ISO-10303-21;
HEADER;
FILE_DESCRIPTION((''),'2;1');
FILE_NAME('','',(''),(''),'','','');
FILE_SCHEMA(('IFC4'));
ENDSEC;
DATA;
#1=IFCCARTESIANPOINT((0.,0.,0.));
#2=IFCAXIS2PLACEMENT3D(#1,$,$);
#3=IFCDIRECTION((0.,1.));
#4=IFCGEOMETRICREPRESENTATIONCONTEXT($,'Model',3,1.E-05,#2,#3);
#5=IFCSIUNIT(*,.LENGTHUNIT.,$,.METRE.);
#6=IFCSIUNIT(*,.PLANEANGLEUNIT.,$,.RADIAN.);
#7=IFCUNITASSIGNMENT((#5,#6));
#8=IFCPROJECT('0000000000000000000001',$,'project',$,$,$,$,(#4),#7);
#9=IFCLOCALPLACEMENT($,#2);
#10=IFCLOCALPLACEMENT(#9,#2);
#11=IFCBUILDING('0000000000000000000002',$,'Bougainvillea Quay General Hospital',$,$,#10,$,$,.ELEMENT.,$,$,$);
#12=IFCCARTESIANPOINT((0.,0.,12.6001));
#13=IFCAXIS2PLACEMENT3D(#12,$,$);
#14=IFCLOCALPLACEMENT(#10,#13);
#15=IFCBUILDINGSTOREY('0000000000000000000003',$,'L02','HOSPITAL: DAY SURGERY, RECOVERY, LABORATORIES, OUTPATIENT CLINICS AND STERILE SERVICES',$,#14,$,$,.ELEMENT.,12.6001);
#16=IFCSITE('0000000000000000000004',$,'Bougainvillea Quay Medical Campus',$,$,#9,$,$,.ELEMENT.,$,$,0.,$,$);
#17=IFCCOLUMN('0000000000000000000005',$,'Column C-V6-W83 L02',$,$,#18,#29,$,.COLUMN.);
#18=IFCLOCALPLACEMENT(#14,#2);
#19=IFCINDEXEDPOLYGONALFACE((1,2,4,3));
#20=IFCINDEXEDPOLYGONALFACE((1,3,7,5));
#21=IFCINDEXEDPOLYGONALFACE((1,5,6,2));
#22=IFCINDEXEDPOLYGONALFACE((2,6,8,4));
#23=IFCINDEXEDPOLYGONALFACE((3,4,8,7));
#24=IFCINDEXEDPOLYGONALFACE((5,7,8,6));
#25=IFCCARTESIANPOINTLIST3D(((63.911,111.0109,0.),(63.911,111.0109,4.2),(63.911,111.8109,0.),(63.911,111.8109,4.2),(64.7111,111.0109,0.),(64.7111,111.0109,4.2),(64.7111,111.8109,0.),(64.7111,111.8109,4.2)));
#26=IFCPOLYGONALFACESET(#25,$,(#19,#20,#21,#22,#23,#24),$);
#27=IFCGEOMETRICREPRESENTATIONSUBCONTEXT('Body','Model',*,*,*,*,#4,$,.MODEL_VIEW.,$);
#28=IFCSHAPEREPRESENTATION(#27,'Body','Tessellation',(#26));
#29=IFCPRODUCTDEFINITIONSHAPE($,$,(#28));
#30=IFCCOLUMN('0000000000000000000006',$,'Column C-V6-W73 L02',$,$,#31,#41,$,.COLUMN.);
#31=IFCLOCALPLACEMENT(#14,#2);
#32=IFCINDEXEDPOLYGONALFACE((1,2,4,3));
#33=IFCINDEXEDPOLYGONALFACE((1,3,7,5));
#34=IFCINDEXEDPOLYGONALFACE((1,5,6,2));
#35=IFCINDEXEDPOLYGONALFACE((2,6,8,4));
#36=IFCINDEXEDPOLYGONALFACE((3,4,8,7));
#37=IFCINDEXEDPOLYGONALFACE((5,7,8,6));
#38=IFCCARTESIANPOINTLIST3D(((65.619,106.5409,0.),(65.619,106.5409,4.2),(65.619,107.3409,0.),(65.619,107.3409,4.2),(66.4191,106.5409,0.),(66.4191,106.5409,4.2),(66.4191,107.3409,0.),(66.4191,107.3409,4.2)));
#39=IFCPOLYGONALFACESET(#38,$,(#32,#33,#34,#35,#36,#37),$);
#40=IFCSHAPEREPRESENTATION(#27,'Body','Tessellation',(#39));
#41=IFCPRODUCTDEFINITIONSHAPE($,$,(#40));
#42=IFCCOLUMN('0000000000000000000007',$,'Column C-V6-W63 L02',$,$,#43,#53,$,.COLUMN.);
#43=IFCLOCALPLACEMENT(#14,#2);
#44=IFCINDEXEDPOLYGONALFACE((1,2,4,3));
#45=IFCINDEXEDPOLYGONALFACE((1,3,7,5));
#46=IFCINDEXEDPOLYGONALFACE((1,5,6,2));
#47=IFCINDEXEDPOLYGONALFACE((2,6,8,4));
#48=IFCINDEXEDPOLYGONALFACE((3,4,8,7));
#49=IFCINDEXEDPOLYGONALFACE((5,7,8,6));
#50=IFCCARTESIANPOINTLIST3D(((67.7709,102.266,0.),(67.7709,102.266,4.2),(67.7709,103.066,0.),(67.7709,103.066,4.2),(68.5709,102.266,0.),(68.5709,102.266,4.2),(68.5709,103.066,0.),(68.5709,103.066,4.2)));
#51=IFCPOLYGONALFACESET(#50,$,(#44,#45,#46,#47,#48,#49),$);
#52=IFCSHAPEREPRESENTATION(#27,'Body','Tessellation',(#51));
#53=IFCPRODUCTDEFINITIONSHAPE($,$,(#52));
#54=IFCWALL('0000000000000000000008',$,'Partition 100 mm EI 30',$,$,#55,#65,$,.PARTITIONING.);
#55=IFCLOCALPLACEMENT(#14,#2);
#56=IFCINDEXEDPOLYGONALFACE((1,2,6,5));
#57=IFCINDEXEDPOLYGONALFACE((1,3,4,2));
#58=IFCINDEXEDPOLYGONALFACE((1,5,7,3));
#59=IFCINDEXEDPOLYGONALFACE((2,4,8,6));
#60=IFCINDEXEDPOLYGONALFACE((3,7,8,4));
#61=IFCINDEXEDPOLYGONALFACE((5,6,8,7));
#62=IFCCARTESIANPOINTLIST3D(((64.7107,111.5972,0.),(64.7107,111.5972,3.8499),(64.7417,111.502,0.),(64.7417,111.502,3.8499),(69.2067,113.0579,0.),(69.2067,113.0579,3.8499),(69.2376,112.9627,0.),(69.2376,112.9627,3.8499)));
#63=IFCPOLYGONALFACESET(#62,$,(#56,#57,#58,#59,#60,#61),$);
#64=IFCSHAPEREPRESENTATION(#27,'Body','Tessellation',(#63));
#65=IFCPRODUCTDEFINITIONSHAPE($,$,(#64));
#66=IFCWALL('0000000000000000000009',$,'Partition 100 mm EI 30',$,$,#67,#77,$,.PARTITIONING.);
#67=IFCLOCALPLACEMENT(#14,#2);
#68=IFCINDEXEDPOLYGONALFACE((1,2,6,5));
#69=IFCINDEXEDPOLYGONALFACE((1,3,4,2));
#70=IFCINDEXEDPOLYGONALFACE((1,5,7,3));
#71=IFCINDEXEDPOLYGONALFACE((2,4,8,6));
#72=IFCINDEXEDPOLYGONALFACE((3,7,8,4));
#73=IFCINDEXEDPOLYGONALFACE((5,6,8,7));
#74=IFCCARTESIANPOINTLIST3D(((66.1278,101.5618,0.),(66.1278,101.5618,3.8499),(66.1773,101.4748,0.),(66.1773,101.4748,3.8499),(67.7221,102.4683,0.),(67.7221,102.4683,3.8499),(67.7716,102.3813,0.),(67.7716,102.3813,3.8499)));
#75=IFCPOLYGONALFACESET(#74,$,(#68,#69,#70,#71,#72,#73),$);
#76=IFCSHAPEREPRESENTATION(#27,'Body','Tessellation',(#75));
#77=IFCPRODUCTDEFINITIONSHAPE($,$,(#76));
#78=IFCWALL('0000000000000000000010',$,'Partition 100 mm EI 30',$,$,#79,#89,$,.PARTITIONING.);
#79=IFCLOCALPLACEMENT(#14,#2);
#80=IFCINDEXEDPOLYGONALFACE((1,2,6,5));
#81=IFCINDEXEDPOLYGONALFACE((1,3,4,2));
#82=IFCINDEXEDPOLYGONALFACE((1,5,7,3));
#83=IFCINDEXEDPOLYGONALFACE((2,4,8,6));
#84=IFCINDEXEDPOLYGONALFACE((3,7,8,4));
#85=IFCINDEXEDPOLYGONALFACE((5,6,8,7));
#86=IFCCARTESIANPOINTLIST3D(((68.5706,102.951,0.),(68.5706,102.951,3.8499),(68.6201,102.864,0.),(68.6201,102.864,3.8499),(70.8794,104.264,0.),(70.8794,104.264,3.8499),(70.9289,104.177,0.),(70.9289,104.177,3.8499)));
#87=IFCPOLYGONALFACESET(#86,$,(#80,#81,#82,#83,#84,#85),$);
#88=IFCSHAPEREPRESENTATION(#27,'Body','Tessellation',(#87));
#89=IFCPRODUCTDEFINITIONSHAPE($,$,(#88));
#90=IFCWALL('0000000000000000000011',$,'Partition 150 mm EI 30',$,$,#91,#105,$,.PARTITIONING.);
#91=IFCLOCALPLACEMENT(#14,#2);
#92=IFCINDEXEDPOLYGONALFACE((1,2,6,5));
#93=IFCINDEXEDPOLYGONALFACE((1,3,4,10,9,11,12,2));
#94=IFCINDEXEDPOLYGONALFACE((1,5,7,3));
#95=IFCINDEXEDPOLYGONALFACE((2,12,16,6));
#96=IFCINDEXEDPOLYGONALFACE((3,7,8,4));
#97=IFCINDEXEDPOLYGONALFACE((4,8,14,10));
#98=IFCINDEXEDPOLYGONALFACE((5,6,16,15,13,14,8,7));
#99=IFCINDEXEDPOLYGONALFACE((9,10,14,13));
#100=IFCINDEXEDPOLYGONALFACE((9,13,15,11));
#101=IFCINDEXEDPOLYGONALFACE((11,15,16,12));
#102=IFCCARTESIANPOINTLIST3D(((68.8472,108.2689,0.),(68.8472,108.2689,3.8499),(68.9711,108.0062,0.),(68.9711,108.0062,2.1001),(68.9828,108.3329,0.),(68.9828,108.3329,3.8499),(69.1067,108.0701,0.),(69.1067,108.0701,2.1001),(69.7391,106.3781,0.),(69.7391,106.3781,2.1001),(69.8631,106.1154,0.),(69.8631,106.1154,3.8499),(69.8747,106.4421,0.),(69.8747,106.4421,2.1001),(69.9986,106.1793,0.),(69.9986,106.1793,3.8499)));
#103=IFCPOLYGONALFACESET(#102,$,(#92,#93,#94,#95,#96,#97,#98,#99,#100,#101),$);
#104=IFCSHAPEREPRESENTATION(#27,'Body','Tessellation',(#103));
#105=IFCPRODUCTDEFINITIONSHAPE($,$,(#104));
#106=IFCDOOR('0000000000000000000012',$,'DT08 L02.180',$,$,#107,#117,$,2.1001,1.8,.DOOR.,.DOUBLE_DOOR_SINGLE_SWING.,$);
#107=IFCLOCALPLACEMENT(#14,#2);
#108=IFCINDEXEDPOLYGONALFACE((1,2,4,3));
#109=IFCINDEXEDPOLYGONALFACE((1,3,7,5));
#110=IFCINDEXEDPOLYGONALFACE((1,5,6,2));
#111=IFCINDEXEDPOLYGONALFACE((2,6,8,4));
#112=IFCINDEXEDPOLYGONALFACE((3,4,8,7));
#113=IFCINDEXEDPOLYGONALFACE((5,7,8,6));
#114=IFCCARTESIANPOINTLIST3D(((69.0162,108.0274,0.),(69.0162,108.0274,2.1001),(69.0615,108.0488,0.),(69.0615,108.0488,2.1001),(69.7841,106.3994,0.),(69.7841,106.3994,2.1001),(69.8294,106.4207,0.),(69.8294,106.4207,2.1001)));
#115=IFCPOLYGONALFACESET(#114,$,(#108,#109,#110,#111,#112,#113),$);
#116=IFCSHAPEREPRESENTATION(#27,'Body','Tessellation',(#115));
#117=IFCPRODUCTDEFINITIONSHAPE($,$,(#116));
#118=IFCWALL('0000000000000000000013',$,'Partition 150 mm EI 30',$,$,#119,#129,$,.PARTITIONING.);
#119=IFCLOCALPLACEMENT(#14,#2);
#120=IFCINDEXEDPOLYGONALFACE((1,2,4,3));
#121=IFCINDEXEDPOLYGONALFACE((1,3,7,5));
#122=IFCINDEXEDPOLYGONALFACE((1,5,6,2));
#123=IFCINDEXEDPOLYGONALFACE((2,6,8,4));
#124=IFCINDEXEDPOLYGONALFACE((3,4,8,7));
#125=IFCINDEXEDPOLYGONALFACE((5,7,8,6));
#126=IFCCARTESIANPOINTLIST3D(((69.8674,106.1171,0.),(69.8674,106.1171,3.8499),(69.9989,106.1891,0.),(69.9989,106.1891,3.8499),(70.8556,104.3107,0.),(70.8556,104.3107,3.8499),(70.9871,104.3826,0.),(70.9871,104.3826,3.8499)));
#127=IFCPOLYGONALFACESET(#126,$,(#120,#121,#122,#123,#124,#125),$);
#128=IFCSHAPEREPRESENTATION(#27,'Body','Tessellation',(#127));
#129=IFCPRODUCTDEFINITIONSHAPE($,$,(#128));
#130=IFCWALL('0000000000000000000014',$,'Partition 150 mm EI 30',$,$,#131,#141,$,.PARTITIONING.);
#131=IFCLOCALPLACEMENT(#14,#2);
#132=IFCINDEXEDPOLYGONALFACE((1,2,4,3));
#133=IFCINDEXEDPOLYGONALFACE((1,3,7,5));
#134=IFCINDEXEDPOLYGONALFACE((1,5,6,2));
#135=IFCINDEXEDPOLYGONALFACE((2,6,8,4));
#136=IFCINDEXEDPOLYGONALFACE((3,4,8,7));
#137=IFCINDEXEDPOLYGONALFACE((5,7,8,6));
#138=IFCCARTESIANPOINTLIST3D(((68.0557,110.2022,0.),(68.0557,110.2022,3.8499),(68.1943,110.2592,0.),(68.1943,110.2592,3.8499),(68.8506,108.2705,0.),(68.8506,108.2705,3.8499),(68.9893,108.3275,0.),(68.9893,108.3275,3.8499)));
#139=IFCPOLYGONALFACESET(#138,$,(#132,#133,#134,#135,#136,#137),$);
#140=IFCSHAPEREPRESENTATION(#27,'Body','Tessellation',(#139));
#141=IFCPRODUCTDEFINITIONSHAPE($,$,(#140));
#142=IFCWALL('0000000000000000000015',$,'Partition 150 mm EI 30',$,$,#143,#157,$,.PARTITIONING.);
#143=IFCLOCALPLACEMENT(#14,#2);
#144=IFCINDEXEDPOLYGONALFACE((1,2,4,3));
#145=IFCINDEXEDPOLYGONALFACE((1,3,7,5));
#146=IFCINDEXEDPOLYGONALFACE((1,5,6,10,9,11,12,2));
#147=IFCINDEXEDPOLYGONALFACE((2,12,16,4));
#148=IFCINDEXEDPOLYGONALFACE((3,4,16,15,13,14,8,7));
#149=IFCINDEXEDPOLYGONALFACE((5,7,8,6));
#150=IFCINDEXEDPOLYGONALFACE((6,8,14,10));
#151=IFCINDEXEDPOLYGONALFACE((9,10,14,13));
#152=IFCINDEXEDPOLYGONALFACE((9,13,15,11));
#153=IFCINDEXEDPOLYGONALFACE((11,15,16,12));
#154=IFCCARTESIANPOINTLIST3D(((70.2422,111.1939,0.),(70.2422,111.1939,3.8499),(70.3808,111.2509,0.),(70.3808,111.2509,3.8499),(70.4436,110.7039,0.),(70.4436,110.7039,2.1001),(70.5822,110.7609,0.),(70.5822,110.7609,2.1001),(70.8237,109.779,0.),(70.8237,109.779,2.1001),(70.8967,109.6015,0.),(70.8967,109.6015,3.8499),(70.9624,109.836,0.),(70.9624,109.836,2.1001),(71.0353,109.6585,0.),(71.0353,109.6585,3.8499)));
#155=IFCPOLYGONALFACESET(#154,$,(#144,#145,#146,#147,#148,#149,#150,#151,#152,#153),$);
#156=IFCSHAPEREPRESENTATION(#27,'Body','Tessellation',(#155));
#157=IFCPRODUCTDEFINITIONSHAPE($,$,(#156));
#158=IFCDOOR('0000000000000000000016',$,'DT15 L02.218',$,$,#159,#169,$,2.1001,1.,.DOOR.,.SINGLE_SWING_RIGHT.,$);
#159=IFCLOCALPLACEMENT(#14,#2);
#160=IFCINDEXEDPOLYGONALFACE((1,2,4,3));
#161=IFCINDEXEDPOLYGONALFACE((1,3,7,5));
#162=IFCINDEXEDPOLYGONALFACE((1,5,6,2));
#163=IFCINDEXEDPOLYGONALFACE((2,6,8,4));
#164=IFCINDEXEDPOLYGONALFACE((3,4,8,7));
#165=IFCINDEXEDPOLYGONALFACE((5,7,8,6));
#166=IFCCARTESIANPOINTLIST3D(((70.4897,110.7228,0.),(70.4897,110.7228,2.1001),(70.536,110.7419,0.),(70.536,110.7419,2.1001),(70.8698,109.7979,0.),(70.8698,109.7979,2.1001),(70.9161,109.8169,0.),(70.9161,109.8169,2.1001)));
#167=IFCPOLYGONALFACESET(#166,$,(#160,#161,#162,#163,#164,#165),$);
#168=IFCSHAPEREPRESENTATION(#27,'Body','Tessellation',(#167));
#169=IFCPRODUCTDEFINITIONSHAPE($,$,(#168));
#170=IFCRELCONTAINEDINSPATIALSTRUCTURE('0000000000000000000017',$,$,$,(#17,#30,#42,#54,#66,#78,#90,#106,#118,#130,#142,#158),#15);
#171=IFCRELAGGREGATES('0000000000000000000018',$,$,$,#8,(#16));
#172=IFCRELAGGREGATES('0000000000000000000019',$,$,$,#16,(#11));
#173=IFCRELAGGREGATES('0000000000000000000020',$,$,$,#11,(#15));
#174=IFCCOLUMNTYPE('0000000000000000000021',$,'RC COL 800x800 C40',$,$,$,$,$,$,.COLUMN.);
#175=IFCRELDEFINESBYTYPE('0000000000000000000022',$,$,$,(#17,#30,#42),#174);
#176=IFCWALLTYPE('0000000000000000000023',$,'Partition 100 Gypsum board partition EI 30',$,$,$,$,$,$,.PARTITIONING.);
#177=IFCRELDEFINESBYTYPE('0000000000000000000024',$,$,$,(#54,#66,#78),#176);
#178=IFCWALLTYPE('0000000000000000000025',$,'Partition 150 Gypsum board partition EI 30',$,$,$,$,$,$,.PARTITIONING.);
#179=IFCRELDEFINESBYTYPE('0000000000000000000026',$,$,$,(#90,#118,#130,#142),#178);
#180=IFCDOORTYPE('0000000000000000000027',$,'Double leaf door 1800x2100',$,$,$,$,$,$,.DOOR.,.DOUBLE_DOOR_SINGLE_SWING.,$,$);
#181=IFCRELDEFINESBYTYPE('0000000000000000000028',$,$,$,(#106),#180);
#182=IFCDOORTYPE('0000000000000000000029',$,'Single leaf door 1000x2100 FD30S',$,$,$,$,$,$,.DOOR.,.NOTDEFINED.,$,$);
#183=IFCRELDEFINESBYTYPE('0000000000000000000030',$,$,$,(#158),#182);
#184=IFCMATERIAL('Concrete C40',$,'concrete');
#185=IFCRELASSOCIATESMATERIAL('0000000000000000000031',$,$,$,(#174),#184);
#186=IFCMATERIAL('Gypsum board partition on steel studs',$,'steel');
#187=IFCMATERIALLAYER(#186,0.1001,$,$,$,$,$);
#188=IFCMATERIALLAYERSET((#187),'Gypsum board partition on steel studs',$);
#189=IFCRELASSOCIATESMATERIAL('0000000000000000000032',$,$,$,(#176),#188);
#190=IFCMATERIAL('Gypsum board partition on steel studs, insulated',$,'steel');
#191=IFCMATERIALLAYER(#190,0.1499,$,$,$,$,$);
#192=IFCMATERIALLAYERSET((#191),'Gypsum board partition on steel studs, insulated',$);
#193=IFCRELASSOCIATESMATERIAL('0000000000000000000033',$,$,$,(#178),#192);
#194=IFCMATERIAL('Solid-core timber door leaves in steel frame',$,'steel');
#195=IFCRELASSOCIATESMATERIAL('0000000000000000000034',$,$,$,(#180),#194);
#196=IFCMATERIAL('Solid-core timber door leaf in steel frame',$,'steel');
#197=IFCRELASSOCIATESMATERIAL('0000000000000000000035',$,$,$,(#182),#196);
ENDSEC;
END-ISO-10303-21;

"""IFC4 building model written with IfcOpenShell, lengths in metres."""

from ifc_helpers import new_model, si_unit, direction, frame, frame_2d, origin, origin_2d, place, context, subcontext, project, spatial, rectangle, extrude, material, layer, layer_set, material_profile, profile_set, type_object, element, fill, save


model = new_model("IFC4")

# Units and contexts
model_context = context("Model", 3, precision=1e-05, world=origin(), true_north=direction((0.0, 1.0)))
body_context = subcontext(model_context, "Body", "Model", "MODEL_VIEW")
ifc_project = project(units=[si_unit("LENGTHUNIT", "METRE"), si_unit("PLANEANGLEUNIT", "RADIAN")], contexts=[model_context])

# Site, building, storey
site_placement = place(None, origin())
site = spatial("IfcSite", under=ifc_project, at=site_placement, Name="Bougainvillea Quay Medical Campus", CompositionType="ELEMENT", RefElevation=0.0)
building_placement = place(site_placement, origin())
building = spatial("IfcBuilding", under=site, at=building_placement, Name="Bougainvillea Quay General Hospital", CompositionType="ELEMENT")
storey_placement = place(building_placement, frame((0.0, 0.0, 12.6001)))
storey = spatial("IfcBuildingStorey", under=building, at=storey_placement, Name="L02", Description="HOSPITAL: DAY SURGERY, RECOVERY, LABORATORIES, OUTPATIENT CLINICS AND STERILE SERVICES", CompositionType="ELEMENT", Elevation=12.6001)

# Columns
ifc_material_1 = material(Name="Concrete C40", Category="concrete")
ifc_material_profile = material_profile(ifc_material_1, rectangle(XDim=0.8, YDim=0.8, at=origin_2d()))
ifc_profile_set = profile_set([ifc_material_profile], Name="Concrete C40")
column_type = type_object("IfcColumnType", Name="RC COL 800x800 C40", PredefinedType="COLUMN", material=ifc_profile_set)
for number, where, z_axis, x_axis, name in (
    (1, (64.311, 111.4109, 0.0), (0.0, 0.0, 1.0), (1.0, 0.0, 0.0), "Column C-V6-W83 L02"),
    (2, (66.019, 106.9409, 0.0), (0.0, 0.0, 1.0), (1.0, 0.0, 0.0), "Column C-V6-W73 L02"),
    (3, (68.1709, 102.666, 0.0), (0.0, 0.0, 1.0), (1.0, 0.0, 0.0), "Column C-V6-W63 L02"),
):
    element("IfcColumn", number, at=place(storey_placement, frame(where, z_axis=z_axis, x_axis=x_axis)), inside=storey, type_object=column_type, Name=name, PredefinedType="COLUMN", context=body_context, shape_type="SweptSolid", body=[
        extrude(rectangle(XDim=0.8, YDim=0.8, at=origin_2d()), origin(), (0.0, 0.0, 1.0), 4.2),
    ])

# Walls
ifc_material_2 = material(Name="Gypsum board partition on steel studs", Category="steel")
ifc_layer_1 = layer(ifc_material_2, 0.1001)
ifc_layer_set_1 = layer_set([ifc_layer_1], Name="Gypsum board partition on steel studs")
wall_type_1 = type_object("IfcWallType", Name="Partition 100 Gypsum board partition EI 30", PredefinedType="PARTITIONING", material=ifc_layer_set_1)
wall_1_placement = place(storey_placement, frame((64.7261, 111.5496, 0.0), z_axis=(0.0, 0.0, 1.0), x_axis=(0.951063, 0.308998, 0.0)))
element("IfcWall", 4, at=wall_1_placement, inside=storey, type_object=wall_type_1, Name="Partition 100 mm EI 30", PredefinedType="PARTITIONING", context=body_context, shape_type="SweptSolid", body=[
    extrude(rectangle(XDim=4.7273, YDim=0.1001, at=frame_2d((2.3638, 0.0))), origin(), (0.0, 0.0, 1.0), 3.8499),
])
wall_2_placement = place(storey_placement, frame((66.1526, 101.5183, 0.0), z_axis=(0.0, 0.0, 1.0), x_axis=(0.869298, 0.494288, 0.0)))
element("IfcWall", 5, at=wall_2_placement, inside=storey, type_object=wall_type_1, Name="Partition 100 mm EI 30", PredefinedType="PARTITIONING", context=body_context, shape_type="SweptSolid", body=[
    extrude(rectangle(XDim=1.834, YDim=0.1001, at=frame_2d((0.917, 0.0))), origin(), (0.0, 0.0, 1.0), 3.8499),
])
wall_3_placement = place(storey_placement, frame((68.5952, 102.9075, 0.0), z_axis=(0.0, 0.0, 1.0), x_axis=(0.869271, 0.494336, 0.0)))
element("IfcWall", 6, at=wall_3_placement, inside=storey, type_object=wall_type_1, Name="Partition 100 mm EI 30", PredefinedType="PARTITIONING", context=body_context, shape_type="SweptSolid", body=[
    extrude(rectangle(XDim=2.656, YDim=0.1001, at=frame_2d((1.3281, 0.0))), origin(), (0.0, 0.0, 1.0), 3.8499),
])

# Wall, opening, door
ifc_material_3 = material(Name="Gypsum board partition on steel studs, insulated", Category="steel")
ifc_layer_2 = layer(ifc_material_3, 0.1499)
ifc_layer_set_2 = layer_set([ifc_layer_2], Name="Gypsum board partition on steel studs, insulated")
wall_type_2 = type_object("IfcWallType", Name="Partition 150 Gypsum board partition EI 30", PredefinedType="PARTITIONING", material=ifc_layer_set_2)
wall_4_placement = place(storey_placement, frame((68.915, 108.3008, 0.0), z_axis=(0.0, 0.0, 1.0), x_axis=(0.426631, -0.904426, 0.0)))
wall_4 = element("IfcWall", 7, at=wall_4_placement, inside=storey, type_object=wall_type_2, Name="Partition 150 mm EI 30", PredefinedType="PARTITIONING", context=body_context, shape_type="SweptSolid", body=[
    extrude(rectangle(XDim=2.3811, YDim=0.1499, at=frame_2d((1.1904, 0.0))), origin(), (0.0, 0.0, 1.0), 3.8499),
])
opening_1_placement = place(wall_4_placement, frame((0.2905, 0.0, 0.0)))
opening_1 = element("IfcOpeningElement", 8, at=opening_1_placement, cuts=wall_4, PredefinedType="OPENING", context=body_context, shape_type="SweptSolid", body=[
    extrude(rectangle(XDim=1.8, YDim=2.1001, at=frame_2d((0.8999, 1.05))), frame((0.0, 0.085, 0.0), z_axis=(0.0, -1.0, 0.0), x_axis=(1.0, 0.0, 0.0)), (0.0, 0.0, 1.0), 0.1699),
])
ifc_material_4 = material(Name="Solid-core timber door leaves in steel frame", Category="steel")
door_type_1 = type_object("IfcDoorType", Name="Double leaf door 1800x2100", OperationType="DOUBLE_DOOR_SINGLE_SWING", PredefinedType="DOOR", material=ifc_material_4)
door_1_placement = place(opening_1_placement, origin())
door_1 = element("IfcDoor", 9, at=door_1_placement, inside=storey, type_object=door_type_1, Name="DT08 L02.180", OperationType="DOUBLE_DOOR_SINGLE_SWING", OverallHeight=2.1001, OverallWidth=1.8, PredefinedType="DOOR", context=body_context, shape_type="SweptSolid", body=[
    extrude(rectangle(XDim=1.8, YDim=2.1001, at=frame_2d((0.8999, 1.05))), frame((0.0, 0.0249, 0.0), z_axis=(0.0, -1.0, 0.0), x_axis=(1.0, 0.0, 0.0)), (0.0, 0.0, 1.0), 0.05),
])
fill(opening_1, door_1)

# Walls
wall_5_placement = place(storey_placement, frame((69.9331, 106.1531, 0.0), z_axis=(0.0, 0.0, 1.0), x_axis=(0.479965, -0.877288, 0.0)))
element("IfcWall", 10, at=wall_5_placement, inside=storey, type_object=wall_type_2, Name="Partition 150 mm EI 30", PredefinedType="PARTITIONING", context=body_context, shape_type="SweptSolid", body=[
    extrude(rectangle(XDim=2.0591, YDim=0.1499, at=frame_2d((1.0295, 0.0))), origin(), (0.0, 0.0, 1.0), 3.8499),
])
wall_6_placement = place(storey_placement, frame((68.125, 110.2307, 0.0), z_axis=(0.0, 0.0, 1.0), x_axis=(0.380562, -0.924756, 0.0)))
element("IfcWall", 11, at=wall_6_placement, inside=storey, type_object=wall_type_2, Name="Partition 150 mm EI 30", PredefinedType="PARTITIONING", context=body_context, shape_type="SweptSolid", body=[
    extrude(rectangle(XDim=2.0889, YDim=0.1499, at=frame_2d((1.0444, 0.0))), origin(), (0.0, 0.0, 1.0), 3.8499),
])

# Wall, opening, door
wall_7_placement = place(storey_placement, frame((70.3115, 111.2224, 0.0), z_axis=(0.0, 0.0, 1.0), x_axis=(0.380151, -0.924925, 0.0)))
wall_7 = element("IfcWall", 12, at=wall_7_placement, inside=storey, type_object=wall_type_2, Name="Partition 150 mm EI 30", PredefinedType="PARTITIONING", context=body_context, shape_type="SweptSolid", body=[
    extrude(rectangle(XDim=1.7217, YDim=0.1499, at=frame_2d((0.8608, 0.0))), origin(), (0.0, 0.0, 1.0), 3.8499),
])
opening_2_placement = place(wall_7_placement, frame((0.5298, 0.0, 0.0)))
opening_2 = element("IfcOpeningElement", 13, at=opening_2_placement, cuts=wall_7, PredefinedType="OPENING", context=body_context, shape_type="SweptSolid", body=[
    extrude(rectangle(XDim=1.0, YDim=2.1001, at=frame_2d((0.5, 1.05))), frame((0.0, 0.085, 0.0), z_axis=(0.0, -1.0, 0.0), x_axis=(1.0, 0.0, 0.0)), (0.0, 0.0, 1.0), 0.1699),
])
ifc_material_5 = material(Name="Solid-core timber door leaf in steel frame", Category="steel")
door_type_2 = type_object("IfcDoorType", Name="Single leaf door 1000x2100 FD30S", OperationType="NOTDEFINED", PredefinedType="DOOR", material=ifc_material_5)
door_2_placement = place(opening_2_placement, origin())
door_2 = element("IfcDoor", 14, at=door_2_placement, inside=storey, type_object=door_type_2, Name="DT15 L02.218", OperationType="SINGLE_SWING_RIGHT", OverallHeight=2.1001, OverallWidth=1.0, PredefinedType="DOOR", context=body_context, shape_type="SweptSolid", body=[
    extrude(rectangle(XDim=1.0, YDim=2.1001, at=frame_2d((0.5, 1.05))), frame((0.0, 0.0249, 0.0), z_axis=(0.0, -1.0, 0.0), x_axis=(1.0, 0.0, 0.0)), (0.0, 0.0, 1.0), 0.05),
])
fill(opening_2, door_2)

save(model, "model.ifc")
